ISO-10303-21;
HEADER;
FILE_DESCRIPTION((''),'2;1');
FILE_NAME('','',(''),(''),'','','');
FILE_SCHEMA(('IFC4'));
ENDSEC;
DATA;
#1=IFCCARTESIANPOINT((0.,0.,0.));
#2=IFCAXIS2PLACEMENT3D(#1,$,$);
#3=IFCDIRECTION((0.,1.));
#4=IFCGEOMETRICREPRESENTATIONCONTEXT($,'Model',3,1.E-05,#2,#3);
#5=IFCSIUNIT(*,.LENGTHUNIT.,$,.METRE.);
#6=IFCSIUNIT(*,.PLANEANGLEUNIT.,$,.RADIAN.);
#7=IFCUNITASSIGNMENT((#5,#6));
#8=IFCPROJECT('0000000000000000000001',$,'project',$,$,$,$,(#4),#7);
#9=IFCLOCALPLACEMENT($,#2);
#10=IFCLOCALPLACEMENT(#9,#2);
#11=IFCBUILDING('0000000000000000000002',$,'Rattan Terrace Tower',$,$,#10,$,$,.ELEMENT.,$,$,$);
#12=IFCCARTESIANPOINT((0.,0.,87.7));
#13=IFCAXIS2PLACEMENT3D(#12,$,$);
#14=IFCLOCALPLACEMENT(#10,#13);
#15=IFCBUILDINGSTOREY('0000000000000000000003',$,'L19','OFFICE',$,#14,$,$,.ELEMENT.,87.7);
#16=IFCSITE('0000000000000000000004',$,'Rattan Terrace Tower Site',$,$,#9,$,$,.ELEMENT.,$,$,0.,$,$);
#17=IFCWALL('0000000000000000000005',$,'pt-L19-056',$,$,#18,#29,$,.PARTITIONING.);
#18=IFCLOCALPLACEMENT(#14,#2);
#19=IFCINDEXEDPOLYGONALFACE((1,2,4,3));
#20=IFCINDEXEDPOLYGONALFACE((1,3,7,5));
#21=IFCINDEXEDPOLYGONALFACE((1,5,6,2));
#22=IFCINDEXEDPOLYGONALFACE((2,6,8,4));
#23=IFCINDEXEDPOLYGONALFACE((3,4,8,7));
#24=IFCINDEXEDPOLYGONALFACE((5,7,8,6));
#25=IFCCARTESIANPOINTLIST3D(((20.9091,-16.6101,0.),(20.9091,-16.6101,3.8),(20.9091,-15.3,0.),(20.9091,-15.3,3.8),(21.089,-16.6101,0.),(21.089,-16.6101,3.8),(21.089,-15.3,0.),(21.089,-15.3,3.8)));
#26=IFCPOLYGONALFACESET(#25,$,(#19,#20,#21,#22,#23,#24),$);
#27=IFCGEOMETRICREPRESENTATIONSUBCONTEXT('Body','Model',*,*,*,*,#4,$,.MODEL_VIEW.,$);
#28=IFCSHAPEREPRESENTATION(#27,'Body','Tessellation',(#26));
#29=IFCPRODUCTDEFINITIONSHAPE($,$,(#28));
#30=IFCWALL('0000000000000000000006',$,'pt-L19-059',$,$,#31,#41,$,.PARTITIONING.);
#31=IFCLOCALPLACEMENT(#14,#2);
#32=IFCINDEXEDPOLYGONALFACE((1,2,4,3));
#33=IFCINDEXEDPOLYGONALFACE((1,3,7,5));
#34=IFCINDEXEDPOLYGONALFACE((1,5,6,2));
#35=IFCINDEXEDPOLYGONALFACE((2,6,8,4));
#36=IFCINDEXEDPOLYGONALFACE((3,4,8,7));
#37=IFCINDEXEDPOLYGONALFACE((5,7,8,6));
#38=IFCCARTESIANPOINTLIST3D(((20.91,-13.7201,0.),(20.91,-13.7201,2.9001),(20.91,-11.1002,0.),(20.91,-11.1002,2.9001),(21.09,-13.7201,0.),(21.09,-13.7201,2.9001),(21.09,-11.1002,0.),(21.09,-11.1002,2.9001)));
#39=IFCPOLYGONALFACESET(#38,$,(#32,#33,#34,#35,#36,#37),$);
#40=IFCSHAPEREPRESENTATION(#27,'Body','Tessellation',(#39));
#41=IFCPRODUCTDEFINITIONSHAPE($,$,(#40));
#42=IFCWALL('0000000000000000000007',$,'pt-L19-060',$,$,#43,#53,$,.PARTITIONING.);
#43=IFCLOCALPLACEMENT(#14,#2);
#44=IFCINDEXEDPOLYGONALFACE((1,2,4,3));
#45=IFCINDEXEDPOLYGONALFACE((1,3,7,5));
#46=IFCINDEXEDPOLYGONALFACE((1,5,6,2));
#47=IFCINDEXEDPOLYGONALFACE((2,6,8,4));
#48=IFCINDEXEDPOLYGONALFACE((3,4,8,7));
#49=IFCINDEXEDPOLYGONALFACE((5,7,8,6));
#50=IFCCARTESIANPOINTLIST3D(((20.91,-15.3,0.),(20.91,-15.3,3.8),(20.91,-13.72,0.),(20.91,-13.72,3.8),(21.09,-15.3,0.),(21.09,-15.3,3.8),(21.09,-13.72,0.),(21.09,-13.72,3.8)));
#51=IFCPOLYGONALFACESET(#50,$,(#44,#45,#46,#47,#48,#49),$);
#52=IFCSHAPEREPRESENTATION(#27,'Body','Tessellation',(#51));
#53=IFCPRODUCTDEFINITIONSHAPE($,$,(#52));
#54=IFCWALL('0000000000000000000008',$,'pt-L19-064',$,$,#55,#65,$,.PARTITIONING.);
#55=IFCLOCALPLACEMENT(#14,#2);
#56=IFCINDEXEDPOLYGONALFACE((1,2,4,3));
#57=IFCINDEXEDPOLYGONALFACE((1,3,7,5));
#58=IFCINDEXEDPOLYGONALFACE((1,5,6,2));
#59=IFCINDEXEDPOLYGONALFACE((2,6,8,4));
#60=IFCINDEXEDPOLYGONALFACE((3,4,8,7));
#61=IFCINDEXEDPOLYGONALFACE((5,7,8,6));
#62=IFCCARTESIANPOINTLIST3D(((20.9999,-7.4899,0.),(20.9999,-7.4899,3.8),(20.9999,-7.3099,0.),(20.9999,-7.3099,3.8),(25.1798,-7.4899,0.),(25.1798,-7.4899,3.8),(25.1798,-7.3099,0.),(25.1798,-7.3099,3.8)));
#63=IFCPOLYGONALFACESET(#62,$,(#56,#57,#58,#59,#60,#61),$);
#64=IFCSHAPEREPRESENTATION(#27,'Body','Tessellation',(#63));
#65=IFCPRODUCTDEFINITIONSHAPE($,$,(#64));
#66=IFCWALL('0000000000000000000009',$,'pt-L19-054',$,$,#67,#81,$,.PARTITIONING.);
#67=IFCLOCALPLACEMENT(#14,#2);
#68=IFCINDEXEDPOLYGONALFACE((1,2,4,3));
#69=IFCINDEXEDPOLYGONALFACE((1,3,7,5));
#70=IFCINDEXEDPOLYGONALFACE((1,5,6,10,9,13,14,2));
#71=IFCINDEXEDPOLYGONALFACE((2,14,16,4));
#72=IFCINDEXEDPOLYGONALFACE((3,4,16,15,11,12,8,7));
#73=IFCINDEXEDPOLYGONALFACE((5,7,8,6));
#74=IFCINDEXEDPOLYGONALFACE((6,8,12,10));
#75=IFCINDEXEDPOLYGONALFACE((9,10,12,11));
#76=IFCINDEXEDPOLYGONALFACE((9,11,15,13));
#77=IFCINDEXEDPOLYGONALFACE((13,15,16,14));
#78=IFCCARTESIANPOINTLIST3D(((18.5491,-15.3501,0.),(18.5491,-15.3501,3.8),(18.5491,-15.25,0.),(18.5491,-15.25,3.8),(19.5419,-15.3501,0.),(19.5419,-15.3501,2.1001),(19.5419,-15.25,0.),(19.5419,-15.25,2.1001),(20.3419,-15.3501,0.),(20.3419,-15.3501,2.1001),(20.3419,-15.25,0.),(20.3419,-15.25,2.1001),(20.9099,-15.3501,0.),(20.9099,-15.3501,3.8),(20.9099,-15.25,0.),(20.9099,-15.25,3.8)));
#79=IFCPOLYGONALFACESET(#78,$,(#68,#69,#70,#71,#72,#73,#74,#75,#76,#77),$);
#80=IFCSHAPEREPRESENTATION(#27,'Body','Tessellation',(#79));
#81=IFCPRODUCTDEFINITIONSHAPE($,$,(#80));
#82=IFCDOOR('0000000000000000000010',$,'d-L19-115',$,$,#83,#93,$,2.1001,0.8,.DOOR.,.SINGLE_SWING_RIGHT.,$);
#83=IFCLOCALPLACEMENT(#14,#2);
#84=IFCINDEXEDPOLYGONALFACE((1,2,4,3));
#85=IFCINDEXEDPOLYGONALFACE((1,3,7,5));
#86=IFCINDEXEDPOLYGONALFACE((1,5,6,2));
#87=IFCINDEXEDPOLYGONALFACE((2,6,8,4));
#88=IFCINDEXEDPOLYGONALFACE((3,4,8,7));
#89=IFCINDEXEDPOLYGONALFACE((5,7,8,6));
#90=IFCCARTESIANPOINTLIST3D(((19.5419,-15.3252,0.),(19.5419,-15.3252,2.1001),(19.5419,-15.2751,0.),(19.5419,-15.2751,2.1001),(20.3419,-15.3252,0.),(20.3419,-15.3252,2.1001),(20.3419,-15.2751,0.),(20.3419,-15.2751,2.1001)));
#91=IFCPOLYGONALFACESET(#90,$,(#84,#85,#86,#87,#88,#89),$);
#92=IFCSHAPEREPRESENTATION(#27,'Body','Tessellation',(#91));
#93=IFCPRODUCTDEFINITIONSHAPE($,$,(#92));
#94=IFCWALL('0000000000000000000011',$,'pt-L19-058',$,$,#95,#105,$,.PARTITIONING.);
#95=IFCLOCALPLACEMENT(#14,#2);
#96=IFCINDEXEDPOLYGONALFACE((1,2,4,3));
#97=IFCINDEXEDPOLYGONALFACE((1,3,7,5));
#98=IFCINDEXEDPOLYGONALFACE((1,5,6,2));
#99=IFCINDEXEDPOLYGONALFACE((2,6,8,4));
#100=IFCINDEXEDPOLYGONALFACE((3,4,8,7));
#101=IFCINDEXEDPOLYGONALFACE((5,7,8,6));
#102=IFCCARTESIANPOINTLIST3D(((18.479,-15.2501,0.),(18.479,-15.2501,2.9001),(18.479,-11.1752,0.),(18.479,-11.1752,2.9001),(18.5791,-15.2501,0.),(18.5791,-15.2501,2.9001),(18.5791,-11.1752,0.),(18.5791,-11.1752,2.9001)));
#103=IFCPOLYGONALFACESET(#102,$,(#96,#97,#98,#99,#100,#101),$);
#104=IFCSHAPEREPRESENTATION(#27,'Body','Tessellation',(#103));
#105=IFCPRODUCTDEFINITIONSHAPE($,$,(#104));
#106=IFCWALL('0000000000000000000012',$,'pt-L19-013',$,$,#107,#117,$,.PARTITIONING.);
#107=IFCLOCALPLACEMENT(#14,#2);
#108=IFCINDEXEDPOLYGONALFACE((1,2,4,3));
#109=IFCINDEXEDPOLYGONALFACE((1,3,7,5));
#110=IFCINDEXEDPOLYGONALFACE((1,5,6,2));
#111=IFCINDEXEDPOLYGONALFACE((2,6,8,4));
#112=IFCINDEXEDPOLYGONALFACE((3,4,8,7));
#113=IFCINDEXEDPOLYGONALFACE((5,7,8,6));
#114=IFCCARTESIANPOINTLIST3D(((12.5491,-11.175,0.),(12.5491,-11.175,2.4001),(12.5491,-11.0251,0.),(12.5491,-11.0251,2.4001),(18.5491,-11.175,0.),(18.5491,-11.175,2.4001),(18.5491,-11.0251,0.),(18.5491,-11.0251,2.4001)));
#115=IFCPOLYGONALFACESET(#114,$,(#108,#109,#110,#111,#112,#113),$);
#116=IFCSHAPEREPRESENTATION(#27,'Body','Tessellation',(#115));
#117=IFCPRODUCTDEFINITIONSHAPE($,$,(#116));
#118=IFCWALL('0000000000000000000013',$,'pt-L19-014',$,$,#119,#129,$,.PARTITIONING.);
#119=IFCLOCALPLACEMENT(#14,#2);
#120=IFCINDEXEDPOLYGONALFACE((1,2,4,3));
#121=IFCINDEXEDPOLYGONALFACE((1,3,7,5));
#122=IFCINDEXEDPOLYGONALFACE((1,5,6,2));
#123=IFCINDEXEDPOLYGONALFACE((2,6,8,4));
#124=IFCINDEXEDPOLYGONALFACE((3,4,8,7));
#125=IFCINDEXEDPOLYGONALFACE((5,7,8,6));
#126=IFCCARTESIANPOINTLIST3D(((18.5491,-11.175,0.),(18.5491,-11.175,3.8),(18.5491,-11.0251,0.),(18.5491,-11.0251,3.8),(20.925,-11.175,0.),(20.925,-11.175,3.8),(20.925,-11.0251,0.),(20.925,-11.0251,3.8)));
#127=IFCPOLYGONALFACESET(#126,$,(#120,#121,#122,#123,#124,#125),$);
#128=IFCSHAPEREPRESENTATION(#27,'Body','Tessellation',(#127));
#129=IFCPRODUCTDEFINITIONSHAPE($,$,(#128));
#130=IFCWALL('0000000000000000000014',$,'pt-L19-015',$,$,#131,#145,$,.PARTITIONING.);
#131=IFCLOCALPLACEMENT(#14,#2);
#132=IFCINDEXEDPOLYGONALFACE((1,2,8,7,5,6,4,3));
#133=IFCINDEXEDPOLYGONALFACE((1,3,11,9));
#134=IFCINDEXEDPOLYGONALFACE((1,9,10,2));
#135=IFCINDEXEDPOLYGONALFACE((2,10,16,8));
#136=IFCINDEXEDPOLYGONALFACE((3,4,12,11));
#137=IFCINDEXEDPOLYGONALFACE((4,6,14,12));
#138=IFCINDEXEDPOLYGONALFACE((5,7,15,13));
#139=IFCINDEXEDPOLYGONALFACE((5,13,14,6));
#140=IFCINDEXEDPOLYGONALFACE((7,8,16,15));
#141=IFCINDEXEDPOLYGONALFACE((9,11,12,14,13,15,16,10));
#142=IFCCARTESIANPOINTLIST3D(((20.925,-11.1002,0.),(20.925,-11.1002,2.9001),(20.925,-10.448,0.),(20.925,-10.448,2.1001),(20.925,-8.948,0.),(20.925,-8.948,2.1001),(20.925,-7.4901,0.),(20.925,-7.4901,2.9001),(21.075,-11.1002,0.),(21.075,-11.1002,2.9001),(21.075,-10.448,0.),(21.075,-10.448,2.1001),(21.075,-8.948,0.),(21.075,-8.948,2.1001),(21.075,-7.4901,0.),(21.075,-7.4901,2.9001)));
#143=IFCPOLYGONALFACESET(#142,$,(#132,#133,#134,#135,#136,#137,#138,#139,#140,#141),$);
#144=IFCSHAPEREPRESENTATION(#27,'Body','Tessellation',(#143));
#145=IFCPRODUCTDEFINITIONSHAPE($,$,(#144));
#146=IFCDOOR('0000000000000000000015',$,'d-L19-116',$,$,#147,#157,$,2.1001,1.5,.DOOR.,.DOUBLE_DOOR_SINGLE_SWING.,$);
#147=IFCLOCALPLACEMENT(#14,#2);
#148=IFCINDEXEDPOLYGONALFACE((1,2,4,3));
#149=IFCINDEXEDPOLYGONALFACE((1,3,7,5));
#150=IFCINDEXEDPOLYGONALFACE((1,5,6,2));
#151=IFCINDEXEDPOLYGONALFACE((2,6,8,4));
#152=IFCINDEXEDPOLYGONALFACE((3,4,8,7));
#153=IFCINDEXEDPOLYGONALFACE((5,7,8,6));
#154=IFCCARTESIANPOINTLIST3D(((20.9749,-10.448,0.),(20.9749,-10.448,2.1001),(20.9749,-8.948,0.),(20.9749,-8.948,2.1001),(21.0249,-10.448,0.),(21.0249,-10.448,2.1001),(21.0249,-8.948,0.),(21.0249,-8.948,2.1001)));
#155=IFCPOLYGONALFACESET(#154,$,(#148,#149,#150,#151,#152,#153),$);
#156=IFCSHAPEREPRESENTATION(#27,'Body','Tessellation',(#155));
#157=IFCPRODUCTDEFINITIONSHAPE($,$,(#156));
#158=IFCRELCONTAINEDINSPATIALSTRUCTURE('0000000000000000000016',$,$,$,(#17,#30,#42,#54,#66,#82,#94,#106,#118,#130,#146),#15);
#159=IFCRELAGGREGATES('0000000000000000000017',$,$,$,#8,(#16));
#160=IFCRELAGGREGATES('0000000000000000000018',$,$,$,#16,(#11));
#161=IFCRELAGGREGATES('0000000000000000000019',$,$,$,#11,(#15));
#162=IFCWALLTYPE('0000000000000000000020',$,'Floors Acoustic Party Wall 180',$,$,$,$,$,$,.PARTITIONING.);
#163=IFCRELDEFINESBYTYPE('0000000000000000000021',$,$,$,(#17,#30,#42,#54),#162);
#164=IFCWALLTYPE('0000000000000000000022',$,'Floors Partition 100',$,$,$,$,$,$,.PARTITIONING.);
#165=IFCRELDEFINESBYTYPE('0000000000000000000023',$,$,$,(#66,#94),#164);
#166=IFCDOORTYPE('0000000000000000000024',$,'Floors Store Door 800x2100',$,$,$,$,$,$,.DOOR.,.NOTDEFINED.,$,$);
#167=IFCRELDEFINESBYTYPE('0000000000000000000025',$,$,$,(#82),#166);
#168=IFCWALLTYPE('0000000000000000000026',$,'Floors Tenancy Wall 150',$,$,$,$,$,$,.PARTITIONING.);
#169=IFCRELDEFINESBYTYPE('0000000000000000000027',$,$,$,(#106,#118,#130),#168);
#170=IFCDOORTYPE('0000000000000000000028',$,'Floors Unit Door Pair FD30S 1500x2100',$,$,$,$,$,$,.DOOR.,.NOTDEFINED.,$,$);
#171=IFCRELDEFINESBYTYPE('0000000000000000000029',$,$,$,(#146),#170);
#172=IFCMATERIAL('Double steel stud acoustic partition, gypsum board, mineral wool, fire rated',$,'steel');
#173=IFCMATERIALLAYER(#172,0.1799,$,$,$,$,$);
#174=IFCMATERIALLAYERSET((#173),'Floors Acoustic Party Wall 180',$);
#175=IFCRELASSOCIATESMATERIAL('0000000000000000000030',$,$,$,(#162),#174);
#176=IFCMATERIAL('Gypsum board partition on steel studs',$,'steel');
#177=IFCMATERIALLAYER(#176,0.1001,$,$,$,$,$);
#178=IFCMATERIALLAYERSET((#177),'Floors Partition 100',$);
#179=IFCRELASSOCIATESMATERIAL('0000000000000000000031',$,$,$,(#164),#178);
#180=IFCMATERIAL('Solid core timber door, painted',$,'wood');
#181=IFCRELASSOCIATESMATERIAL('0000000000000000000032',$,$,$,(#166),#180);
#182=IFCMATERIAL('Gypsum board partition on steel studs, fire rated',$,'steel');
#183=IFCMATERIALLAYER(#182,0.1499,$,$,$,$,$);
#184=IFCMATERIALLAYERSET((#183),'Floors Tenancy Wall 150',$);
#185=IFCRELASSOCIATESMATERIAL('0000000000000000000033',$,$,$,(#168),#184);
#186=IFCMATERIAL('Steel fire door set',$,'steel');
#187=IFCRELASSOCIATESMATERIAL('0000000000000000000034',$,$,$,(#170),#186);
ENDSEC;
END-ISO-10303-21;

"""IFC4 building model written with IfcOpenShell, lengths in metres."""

from ifc_helpers import new_model, si_unit, direction, frame, frame_2d, origin, place, context, subcontext, project, spatial, rectangle, extrude, material, layer, layer_set, type_object, element, fill, save


model = new_model("IFC4")

# Units and contexts
model_context = context("Model", 3, precision=1e-05, world=origin(), true_north=direction((0.0, 1.0)))
body_context = subcontext(model_context, "Body", "Model", "MODEL_VIEW")
ifc_project = project(units=[si_unit("LENGTHUNIT", "METRE"), si_unit("PLANEANGLEUNIT", "RADIAN")], contexts=[model_context])

# Site, building, storey
site_placement = place(None, origin())
site = spatial("IfcSite", under=ifc_project, at=site_placement, Name="Rattan Terrace Tower Site", CompositionType="ELEMENT", RefElevation=0.0)
building_placement = place(site_placement, origin())
building = spatial("IfcBuilding", under=site, at=building_placement, Name="Rattan Terrace Tower", CompositionType="ELEMENT")
storey_placement = place(building_placement, frame((0.0, 0.0, 87.7)))
storey = spatial("IfcBuildingStorey", under=building, at=storey_placement, Name="L19", Description="OFFICE", CompositionType="ELEMENT", Elevation=87.7)

# Walls
ifc_material_1 = material(Name="Double steel stud acoustic partition, gypsum board, mineral wool, fire rated", Category="steel")
ifc_layer_1 = layer(ifc_material_1, 0.1799)
ifc_layer_set_1 = layer_set([ifc_layer_1], Name="Floors Acoustic Party Wall 180")
wall_type_1 = type_object("IfcWallType", Name="Floors Acoustic Party Wall 180", PredefinedType="PARTITIONING", material=ifc_layer_set_1)
wall_1_placement = place(storey_placement, frame((20.999, -15.3, 0.0), z_axis=(0.0, 0.0, 1.0), x_axis=(0.0, -1.0, 0.0)))
element("IfcWall", 1, at=wall_1_placement, inside=storey, type_object=wall_type_1, Name="pt-L19-056", PredefinedType="PARTITIONING", context=body_context, shape_type="SweptSolid", body=[
    extrude(rectangle(XDim=1.3101, YDim=0.1799, at=frame_2d((0.655, 0.0))), origin(), (0.0, 0.0, 1.0), 3.8),
])
wall_2_placement = place(storey_placement, frame((21.0, -11.1001, 0.0), z_axis=(0.0, 0.0, 1.0), x_axis=(0.0, -1.0, 0.0)))
element("IfcWall", 2, at=wall_2_placement, inside=storey, type_object=wall_type_1, Name="pt-L19-059", PredefinedType="PARTITIONING", context=body_context, shape_type="SweptSolid", body=[
    extrude(rectangle(XDim=2.6199, YDim=0.1799, at=frame_2d((1.3101, 0.0))), origin(), (0.0, 0.0, 1.0), 2.9001),
])
wall_3_placement = place(storey_placement, frame((21.0, -13.72, 0.0), z_axis=(0.0, 0.0, 1.0), x_axis=(0.0, -1.0, 0.0)))
element("IfcWall", 3, at=wall_3_placement, inside=storey, type_object=wall_type_1, Name="pt-L19-060", PredefinedType="PARTITIONING", context=body_context, shape_type="SweptSolid", body=[
    extrude(rectangle(XDim=1.5801, YDim=0.1799, at=frame_2d((0.79, 0.0))), origin(), (0.0, 0.0, 1.0), 3.8),
])
wall_4_placement = place(storey_placement, frame((21.0, -7.3999, 0.0), z_axis=(0.0, 0.0, 1.0), x_axis=(1.0, 0.0, 0.0)))
element("IfcWall", 4, at=wall_4_placement, inside=storey, type_object=wall_type_1, Name="pt-L19-064", PredefinedType="PARTITIONING", context=body_context, shape_type="SweptSolid", body=[
    extrude(rectangle(XDim=4.1799, YDim=0.1799, at=frame_2d((2.0898, 0.0))), origin(), (0.0, 0.0, 1.0), 3.8),
])

# Wall, opening, door
ifc_material_2 = material(Name="Gypsum board partition on steel studs", Category="steel")
ifc_layer_2 = layer(ifc_material_2, 0.1001)
ifc_layer_set_2 = layer_set([ifc_layer_2], Name="Floors Partition 100")
wall_type_2 = type_object("IfcWallType", Name="Floors Partition 100", PredefinedType="PARTITIONING", material=ifc_layer_set_2)
wall_5_placement = place(storey_placement, frame((18.5491, -15.3, 0.0), z_axis=(0.0, 0.0, 1.0), x_axis=(1.0, 0.0, 0.0)))
wall_5 = element("IfcWall", 5, at=wall_5_placement, inside=storey, type_object=wall_type_2, Name="pt-L19-054", PredefinedType="PARTITIONING", context=body_context, shape_type="SweptSolid", body=[
    extrude(rectangle(XDim=2.3608, YDim=0.1001, at=frame_2d((1.1804, 0.0))), origin(), (0.0, 0.0, 1.0), 3.8),
])
opening_1_placement = place(wall_5_placement, frame((0.9929, 0.0, 0.0)))
opening_1 = element("IfcOpeningElement", 6, at=opening_1_placement, cuts=wall_5, PredefinedType="OPENING", context=body_context, shape_type="SweptSolid", body=[
    extrude(rectangle(XDim=0.8, YDim=2.1001, at=frame_2d((0.3999, 1.05))), frame((0.0, 0.0605, 0.0), z_axis=(0.0, -1.0, 0.0), x_axis=(1.0, 0.0, 0.0)), (0.0, 0.0, 1.0), 0.1211),
])
ifc_material_3 = material(Name="Solid core timber door, painted", Category="wood")
door_type_1 = type_object("IfcDoorType", Name="Floors Store Door 800x2100", OperationType="NOTDEFINED", PredefinedType="DOOR", material=ifc_material_3)
door_1_placement = place(opening_1_placement, origin())
door_1 = element("IfcDoor", 7, at=door_1_placement, inside=storey, type_object=door_type_1, Name="d-L19-115", OperationType="SINGLE_SWING_RIGHT", OverallHeight=2.1001, OverallWidth=0.8, PredefinedType="DOOR", context=body_context, shape_type="SweptSolid", body=[
    extrude(rectangle(XDim=0.8, YDim=2.1001, at=frame_2d((0.3999, 1.05))), frame((0.0, 0.0249, 0.0), z_axis=(0.0, -1.0, 0.0), x_axis=(1.0, 0.0, 0.0)), (0.0, 0.0, 1.0), 0.05),
])
fill(opening_1, door_1)

# Walls
wall_6_placement = place(storey_placement, frame((18.5291, -11.175, 0.0), z_axis=(0.0, 0.0, 1.0), x_axis=(0.0, -1.0, 0.0)))
element("IfcWall", 8, at=wall_6_placement, inside=storey, type_object=wall_type_2, Name="pt-L19-058", PredefinedType="PARTITIONING", context=body_context, shape_type="SweptSolid", body=[
    extrude(rectangle(XDim=4.075, YDim=0.1001, at=frame_2d((2.0376, 0.0))), origin(), (0.0, 0.0, 1.0), 2.9001),
])
ifc_material_4 = material(Name="Gypsum board partition on steel studs, fire rated", Category="steel")
ifc_layer_3 = layer(ifc_material_4, 0.1499)
ifc_layer_set_3 = layer_set([ifc_layer_3], Name="Floors Tenancy Wall 150")
wall_type_3 = type_object("IfcWallType", Name="Floors Tenancy Wall 150", PredefinedType="PARTITIONING", material=ifc_layer_set_3)
wall_7_placement = place(storey_placement, frame((18.5491, -11.1001, 0.0), z_axis=(0.0, 0.0, 1.0), x_axis=(-1.0, 0.0, 0.0)))
element("IfcWall", 9, at=wall_7_placement, inside=storey, type_object=wall_type_3, Name="pt-L19-013", PredefinedType="PARTITIONING", context=body_context, shape_type="SweptSolid", body=[
    extrude(rectangle(XDim=6.0, YDim=0.1499, at=frame_2d((3.0, 0.0))), origin(), (0.0, 0.0, 1.0), 2.4001),
])
wall_8_placement = place(storey_placement, frame((20.925, -11.1001, 0.0), z_axis=(0.0, 0.0, 1.0), x_axis=(-1.0, 0.0, 0.0)))
element("IfcWall", 10, at=wall_8_placement, inside=storey, type_object=wall_type_3, Name="pt-L19-014", PredefinedType="PARTITIONING", context=body_context, shape_type="SweptSolid", body=[
    extrude(rectangle(XDim=2.376, YDim=0.1499, at=frame_2d((1.188, 0.0))), origin(), (0.0, 0.0, 1.0), 3.8),
])

# Wall, opening, door
wall_9_placement = place(storey_placement, frame((21.0, -7.49, 0.0), z_axis=(0.0, 0.0, 1.0), x_axis=(0.0, -1.0, 0.0)))
wall_9 = element("IfcWall", 11, at=wall_9_placement, inside=storey, type_object=wall_type_3, Name="pt-L19-015", PredefinedType="PARTITIONING", context=body_context, shape_type="SweptSolid", body=[
    extrude(rectangle(XDim=3.6101, YDim=0.1499, at=frame_2d((1.8052, 0.0))), origin(), (0.0, 0.0, 1.0), 2.9001),
])
opening_2_placement = place(wall_9_placement, frame((1.458, 0.0, 0.0)))
opening_2 = element("IfcOpeningElement", 12, at=opening_2_placement, cuts=wall_9, PredefinedType="OPENING", context=body_context, shape_type="SweptSolid", body=[
    extrude(rectangle(XDim=1.5, YDim=2.1001, at=frame_2d((0.75, 1.05))), frame((0.0, 0.0854, 0.0), z_axis=(0.0, -1.0, 0.0), x_axis=(1.0, 0.0, 0.0)), (0.0, 0.0, 1.0), 0.1709),
])
ifc_material_5 = material(Name="Steel fire door set", Category="steel")
door_type_2 = type_object("IfcDoorType", Name="Floors Unit Door Pair FD30S 1500x2100", OperationType="NOTDEFINED", PredefinedType="DOOR", material=ifc_material_5)
door_2_placement = place(opening_2_placement, origin())
door_2 = element("IfcDoor", 13, at=door_2_placement, inside=storey, type_object=door_type_2, Name="d-L19-116", OperationType="DOUBLE_DOOR_SINGLE_SWING", OverallHeight=2.1001, OverallWidth=1.5, PredefinedType="DOOR", context=body_context, shape_type="SweptSolid", body=[
    extrude(rectangle(XDim=1.5, YDim=2.1001, at=frame_2d((0.75, 1.05))), frame((0.0, 0.0249, 0.0), z_axis=(0.0, -1.0, 0.0), x_axis=(1.0, 0.0, 0.0)), (0.0, 0.0, 1.0), 0.05),
])
fill(opening_2, door_2)

save(model, "model.ifc")
